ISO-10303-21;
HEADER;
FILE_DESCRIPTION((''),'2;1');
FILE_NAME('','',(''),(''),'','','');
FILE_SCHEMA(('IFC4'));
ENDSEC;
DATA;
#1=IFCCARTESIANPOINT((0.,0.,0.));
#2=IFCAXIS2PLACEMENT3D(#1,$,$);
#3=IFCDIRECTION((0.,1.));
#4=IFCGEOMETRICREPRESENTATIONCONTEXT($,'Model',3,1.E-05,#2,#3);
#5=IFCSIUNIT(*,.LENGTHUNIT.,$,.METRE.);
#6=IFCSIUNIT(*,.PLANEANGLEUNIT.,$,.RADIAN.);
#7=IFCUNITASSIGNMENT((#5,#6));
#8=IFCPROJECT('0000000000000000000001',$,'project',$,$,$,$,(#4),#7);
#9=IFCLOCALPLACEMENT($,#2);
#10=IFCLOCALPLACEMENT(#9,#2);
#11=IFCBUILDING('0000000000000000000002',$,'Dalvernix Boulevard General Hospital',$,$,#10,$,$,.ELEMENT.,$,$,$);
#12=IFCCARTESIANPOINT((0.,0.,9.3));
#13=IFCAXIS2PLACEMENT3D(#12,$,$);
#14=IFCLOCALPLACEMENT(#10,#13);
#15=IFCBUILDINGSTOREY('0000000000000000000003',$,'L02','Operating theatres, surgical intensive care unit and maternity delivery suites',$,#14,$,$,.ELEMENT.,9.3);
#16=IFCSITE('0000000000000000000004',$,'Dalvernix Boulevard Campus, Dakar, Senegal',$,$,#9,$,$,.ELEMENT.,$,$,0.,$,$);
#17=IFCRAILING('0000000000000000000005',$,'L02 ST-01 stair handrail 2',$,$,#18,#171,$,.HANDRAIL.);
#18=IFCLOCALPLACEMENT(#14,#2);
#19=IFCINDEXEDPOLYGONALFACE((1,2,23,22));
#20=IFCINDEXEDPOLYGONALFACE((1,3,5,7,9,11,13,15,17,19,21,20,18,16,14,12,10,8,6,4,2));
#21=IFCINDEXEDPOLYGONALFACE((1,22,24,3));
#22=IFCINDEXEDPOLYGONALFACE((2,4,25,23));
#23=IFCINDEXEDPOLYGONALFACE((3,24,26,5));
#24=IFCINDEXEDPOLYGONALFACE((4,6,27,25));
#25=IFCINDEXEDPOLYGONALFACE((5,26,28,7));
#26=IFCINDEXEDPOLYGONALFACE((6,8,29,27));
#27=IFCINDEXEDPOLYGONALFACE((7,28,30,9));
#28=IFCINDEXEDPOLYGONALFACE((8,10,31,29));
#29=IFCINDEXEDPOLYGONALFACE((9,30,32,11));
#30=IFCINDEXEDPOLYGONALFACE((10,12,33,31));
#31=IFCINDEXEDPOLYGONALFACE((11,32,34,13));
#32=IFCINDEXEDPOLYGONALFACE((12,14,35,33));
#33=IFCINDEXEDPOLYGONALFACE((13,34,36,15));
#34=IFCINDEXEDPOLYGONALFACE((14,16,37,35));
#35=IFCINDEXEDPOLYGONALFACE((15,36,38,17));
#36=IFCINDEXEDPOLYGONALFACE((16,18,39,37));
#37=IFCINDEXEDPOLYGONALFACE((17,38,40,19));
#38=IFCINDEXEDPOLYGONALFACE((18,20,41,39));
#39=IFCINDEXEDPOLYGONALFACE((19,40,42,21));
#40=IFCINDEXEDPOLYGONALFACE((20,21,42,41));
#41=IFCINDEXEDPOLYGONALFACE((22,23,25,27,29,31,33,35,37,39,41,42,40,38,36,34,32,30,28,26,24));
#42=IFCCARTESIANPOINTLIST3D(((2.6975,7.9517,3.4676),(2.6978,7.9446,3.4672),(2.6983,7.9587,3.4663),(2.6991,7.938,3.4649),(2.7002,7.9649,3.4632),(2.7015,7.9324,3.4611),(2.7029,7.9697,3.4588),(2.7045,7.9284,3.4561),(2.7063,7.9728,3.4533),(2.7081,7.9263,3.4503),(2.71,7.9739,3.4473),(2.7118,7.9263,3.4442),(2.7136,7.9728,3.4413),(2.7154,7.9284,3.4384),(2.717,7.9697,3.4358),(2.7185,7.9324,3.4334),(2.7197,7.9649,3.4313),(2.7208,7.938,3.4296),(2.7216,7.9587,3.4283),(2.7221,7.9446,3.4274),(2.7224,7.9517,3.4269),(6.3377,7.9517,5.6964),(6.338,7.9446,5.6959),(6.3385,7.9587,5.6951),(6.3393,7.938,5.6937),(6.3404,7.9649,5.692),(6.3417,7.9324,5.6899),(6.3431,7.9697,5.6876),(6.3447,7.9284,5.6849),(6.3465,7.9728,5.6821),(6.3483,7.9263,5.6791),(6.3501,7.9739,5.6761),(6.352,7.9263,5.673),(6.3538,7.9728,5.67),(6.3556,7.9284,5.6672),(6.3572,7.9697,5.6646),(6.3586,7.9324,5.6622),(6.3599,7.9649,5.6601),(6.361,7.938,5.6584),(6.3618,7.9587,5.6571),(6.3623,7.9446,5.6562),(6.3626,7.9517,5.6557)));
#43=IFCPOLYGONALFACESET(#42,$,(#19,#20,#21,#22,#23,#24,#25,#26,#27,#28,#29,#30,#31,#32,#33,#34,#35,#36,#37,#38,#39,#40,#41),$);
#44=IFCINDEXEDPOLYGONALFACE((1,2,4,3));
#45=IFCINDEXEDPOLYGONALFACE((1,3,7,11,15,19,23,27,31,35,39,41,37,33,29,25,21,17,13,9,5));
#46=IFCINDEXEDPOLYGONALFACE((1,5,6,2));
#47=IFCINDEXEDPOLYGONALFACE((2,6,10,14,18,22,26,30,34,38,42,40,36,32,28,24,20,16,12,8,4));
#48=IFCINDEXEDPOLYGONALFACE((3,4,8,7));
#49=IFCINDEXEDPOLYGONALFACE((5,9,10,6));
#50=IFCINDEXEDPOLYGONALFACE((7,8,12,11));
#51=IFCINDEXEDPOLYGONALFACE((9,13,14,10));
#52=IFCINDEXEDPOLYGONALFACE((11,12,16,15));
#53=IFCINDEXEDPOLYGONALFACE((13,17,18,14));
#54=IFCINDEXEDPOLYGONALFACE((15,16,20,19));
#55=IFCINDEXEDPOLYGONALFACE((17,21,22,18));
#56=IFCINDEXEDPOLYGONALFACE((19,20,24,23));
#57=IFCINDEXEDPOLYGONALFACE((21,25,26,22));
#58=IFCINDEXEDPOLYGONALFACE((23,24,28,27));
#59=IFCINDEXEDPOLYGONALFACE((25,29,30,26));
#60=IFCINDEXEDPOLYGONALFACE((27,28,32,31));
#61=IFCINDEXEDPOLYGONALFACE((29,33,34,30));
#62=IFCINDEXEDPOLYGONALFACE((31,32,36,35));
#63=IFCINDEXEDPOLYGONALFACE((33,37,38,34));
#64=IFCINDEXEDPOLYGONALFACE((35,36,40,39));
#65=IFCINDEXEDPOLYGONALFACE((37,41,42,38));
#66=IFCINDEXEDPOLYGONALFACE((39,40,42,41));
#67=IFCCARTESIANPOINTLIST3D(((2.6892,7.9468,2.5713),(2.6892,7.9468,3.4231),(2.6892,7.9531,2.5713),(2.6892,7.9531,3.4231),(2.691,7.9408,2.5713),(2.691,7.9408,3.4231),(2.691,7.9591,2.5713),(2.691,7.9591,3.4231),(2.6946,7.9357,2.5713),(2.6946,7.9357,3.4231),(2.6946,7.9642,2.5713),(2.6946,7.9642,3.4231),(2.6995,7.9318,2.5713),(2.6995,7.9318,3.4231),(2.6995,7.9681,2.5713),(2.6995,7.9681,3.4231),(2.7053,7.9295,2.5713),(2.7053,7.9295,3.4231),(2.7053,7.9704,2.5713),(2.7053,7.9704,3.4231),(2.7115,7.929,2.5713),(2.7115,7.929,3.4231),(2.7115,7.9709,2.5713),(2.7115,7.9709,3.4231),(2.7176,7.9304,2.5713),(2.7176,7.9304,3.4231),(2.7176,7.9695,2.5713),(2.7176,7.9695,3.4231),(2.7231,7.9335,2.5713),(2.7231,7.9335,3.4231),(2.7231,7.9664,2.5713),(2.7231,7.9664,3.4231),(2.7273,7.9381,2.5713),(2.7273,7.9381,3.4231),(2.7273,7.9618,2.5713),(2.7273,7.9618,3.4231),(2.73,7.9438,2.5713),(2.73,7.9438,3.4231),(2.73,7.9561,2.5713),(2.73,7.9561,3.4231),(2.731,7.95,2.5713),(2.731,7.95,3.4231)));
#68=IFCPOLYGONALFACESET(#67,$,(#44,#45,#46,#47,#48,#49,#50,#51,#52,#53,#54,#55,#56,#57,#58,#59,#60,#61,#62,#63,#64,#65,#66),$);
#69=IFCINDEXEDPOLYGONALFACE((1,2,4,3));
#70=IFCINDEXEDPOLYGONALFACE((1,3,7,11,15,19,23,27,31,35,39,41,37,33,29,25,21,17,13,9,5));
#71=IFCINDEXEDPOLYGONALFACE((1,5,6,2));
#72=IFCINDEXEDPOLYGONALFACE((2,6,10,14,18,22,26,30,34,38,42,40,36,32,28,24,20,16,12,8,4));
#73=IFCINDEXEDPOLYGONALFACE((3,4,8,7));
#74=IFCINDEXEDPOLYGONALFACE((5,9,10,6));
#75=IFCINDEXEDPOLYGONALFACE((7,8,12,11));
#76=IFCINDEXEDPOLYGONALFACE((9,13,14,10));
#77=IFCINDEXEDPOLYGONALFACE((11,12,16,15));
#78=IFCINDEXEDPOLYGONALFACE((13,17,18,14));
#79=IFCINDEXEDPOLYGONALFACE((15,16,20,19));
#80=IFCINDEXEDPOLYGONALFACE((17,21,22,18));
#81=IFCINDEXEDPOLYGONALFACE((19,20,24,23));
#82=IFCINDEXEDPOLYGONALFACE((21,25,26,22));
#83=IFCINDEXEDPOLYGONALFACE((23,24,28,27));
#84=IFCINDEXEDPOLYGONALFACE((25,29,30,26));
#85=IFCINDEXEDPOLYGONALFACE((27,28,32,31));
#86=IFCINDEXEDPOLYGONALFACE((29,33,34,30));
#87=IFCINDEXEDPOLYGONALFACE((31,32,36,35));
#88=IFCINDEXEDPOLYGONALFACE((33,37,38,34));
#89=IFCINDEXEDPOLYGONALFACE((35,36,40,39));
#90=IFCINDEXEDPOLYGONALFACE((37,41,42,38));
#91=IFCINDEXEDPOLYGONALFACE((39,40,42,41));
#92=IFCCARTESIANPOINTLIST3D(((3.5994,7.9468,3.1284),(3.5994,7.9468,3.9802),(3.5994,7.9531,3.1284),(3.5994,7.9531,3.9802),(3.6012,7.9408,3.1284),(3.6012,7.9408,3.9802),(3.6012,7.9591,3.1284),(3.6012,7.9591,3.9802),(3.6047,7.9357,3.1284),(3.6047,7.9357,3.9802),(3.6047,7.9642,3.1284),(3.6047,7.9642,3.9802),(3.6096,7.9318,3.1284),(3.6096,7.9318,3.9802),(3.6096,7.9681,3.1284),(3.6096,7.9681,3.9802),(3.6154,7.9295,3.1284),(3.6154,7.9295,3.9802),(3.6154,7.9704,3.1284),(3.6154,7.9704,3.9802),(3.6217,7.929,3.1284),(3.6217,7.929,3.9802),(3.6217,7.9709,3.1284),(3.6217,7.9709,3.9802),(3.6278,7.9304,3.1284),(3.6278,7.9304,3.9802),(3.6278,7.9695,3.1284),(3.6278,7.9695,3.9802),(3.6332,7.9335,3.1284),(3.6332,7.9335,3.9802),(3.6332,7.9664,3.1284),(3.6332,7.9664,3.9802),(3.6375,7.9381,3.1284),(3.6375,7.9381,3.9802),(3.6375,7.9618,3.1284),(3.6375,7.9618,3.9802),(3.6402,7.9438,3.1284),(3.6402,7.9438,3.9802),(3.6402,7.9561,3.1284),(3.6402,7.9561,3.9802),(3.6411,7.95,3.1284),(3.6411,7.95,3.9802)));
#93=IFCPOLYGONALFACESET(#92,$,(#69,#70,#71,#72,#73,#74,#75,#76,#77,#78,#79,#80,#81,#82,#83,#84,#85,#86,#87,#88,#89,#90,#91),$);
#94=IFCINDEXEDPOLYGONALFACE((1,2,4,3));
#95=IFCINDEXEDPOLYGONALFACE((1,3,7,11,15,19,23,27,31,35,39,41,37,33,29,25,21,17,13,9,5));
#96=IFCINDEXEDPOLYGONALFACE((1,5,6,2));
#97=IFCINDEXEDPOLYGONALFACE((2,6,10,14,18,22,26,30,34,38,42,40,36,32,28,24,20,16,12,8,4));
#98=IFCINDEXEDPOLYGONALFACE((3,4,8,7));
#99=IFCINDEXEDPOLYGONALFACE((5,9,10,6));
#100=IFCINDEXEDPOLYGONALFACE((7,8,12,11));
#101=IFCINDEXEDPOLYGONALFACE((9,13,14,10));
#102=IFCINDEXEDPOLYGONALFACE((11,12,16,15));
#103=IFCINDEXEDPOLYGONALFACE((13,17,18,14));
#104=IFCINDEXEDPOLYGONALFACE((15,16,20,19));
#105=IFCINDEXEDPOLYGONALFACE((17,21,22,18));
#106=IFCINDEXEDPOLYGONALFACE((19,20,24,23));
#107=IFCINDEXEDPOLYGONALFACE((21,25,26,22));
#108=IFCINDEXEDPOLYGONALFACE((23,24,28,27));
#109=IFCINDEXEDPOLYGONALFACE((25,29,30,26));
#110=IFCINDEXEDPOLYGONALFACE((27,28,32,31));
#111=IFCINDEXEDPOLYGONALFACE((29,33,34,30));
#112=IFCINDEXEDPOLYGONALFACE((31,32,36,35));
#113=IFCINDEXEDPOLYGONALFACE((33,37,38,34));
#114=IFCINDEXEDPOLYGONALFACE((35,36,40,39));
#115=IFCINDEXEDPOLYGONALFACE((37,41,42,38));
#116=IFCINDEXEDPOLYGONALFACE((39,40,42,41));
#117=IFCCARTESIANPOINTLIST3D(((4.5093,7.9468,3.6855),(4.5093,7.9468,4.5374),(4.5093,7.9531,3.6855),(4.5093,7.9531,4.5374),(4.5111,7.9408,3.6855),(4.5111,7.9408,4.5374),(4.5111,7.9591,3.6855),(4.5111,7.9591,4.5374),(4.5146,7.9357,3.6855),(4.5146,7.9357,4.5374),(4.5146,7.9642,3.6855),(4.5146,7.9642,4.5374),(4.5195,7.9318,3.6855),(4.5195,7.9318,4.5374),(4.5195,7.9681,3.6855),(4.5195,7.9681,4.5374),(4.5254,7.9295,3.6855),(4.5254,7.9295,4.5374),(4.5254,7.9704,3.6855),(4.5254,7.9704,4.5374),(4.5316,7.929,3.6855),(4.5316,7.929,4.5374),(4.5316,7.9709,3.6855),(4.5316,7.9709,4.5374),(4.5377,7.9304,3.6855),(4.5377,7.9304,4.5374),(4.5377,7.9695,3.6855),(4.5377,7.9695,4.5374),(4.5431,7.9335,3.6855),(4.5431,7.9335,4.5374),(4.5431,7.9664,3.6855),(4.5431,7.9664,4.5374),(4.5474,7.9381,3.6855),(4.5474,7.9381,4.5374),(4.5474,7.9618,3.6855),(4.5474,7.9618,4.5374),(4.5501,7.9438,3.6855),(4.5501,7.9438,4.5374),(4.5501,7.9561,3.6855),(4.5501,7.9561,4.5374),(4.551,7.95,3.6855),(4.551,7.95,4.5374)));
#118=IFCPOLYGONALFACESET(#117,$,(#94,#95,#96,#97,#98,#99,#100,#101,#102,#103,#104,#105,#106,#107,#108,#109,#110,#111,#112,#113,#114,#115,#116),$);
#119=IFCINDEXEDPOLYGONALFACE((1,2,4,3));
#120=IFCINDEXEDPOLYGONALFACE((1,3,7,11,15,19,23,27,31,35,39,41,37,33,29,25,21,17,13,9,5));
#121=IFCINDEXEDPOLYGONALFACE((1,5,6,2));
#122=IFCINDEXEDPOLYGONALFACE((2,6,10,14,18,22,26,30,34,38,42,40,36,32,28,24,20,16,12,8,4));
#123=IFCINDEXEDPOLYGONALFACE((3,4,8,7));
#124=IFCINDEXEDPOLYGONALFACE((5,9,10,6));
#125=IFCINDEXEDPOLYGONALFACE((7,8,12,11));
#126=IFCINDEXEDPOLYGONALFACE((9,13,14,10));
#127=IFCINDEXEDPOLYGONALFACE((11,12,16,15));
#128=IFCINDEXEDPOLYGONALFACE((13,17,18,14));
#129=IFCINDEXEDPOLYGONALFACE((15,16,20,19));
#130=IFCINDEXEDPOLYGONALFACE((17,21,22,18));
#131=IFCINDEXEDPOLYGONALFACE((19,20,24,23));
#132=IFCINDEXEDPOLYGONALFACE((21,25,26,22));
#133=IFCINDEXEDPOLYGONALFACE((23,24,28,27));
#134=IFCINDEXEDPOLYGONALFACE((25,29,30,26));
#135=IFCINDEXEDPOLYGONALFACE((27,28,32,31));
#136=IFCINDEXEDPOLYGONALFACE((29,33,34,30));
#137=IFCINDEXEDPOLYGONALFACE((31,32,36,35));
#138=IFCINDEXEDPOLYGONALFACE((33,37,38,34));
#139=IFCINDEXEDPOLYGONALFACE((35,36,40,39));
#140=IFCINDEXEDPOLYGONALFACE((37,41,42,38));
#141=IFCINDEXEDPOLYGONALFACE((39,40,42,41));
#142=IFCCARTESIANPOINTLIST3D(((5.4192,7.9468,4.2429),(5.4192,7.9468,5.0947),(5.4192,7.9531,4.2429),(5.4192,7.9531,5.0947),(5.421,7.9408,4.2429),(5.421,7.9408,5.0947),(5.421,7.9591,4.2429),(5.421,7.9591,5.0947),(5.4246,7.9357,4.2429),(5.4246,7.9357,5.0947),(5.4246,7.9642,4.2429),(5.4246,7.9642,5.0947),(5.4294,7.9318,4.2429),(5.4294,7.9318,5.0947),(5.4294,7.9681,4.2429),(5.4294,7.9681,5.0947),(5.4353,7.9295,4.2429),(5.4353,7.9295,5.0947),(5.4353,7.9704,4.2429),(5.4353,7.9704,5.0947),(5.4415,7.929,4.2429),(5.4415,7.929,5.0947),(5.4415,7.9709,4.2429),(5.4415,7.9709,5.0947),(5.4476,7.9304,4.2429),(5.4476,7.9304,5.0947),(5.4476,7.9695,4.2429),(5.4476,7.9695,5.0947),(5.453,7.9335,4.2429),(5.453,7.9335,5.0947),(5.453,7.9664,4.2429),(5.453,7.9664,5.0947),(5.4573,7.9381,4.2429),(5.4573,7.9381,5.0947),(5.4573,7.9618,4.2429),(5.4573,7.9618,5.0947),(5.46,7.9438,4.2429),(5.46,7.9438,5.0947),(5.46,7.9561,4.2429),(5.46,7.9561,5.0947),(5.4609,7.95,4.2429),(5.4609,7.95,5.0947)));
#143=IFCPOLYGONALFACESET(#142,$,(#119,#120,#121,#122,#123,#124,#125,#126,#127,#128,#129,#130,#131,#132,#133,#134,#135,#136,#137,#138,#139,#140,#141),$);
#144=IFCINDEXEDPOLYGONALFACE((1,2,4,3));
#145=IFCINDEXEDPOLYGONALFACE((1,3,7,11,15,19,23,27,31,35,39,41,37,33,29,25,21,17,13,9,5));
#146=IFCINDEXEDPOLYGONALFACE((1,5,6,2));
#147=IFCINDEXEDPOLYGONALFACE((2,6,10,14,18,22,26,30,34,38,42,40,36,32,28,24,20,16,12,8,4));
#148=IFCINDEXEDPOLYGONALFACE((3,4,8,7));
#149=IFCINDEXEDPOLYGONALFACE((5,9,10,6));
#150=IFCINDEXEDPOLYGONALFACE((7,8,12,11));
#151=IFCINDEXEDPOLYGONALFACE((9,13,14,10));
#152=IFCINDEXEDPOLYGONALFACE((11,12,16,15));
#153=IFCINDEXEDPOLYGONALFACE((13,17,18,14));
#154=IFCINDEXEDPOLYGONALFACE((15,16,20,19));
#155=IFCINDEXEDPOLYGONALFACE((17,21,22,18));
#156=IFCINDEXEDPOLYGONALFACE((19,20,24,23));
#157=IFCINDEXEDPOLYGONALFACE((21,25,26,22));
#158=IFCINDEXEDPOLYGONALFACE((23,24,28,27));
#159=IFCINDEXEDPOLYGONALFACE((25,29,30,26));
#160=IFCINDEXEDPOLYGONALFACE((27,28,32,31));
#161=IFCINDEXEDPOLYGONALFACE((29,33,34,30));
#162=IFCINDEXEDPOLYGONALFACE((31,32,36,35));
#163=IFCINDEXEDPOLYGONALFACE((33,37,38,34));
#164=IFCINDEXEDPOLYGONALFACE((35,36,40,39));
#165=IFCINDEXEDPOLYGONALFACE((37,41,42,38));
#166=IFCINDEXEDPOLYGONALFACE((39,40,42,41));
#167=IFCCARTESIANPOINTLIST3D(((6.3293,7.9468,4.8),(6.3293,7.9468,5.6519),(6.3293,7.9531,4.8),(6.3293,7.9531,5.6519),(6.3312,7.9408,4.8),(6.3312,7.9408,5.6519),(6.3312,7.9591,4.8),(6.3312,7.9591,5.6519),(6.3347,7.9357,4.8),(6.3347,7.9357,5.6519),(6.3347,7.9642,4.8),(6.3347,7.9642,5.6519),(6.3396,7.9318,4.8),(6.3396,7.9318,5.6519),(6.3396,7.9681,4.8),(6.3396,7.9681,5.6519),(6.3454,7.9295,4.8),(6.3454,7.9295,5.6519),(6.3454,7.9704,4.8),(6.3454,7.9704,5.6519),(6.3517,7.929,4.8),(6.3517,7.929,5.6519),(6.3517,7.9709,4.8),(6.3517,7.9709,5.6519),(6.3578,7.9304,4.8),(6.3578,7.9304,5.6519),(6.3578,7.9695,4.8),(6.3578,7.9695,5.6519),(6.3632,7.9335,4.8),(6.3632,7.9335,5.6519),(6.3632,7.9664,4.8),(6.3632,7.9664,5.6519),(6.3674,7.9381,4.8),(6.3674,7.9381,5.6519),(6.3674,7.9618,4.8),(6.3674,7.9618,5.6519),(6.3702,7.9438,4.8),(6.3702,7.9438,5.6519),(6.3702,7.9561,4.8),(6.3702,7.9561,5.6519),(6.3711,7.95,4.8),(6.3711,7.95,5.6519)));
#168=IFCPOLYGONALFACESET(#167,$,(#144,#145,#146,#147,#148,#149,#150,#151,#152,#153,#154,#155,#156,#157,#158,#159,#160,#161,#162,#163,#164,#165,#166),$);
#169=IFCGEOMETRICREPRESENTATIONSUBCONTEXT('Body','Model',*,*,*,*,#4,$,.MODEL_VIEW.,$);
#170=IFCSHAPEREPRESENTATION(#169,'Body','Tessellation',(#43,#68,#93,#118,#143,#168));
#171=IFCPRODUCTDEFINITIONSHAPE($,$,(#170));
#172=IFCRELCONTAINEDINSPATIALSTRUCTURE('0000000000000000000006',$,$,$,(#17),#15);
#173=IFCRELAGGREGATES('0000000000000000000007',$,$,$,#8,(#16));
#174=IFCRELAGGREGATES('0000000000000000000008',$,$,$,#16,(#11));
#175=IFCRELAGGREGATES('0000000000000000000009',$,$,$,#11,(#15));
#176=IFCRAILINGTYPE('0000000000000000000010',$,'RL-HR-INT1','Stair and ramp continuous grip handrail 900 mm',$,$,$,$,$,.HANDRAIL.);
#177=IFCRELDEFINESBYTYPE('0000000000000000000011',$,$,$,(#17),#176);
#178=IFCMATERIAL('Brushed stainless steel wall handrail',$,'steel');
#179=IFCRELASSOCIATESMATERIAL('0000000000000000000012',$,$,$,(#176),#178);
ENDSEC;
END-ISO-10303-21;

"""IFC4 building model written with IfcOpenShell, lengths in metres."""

from ifc_helpers import new_model, si_unit, direction, frame, origin, origin_2d, place, context, subcontext, project, spatial, circle, extrude, material, type_object, element, save


model = new_model("IFC4")

# Units and contexts
model_context = context("Model", 3, precision=1e-05, world=origin(), true_north=direction((0.0, 1.0)))
body_context = subcontext(model_context, "Body", "Model", "MODEL_VIEW")
ifc_project = project(units=[si_unit("LENGTHUNIT", "METRE"), si_unit("PLANEANGLEUNIT", "RADIAN")], contexts=[model_context])

# Site, building, storey
site_placement = place(None, origin())
site = spatial("IfcSite", under=ifc_project, at=site_placement, Name="Dalvernix Boulevard Campus, Dakar, Senegal", CompositionType="ELEMENT", RefElevation=0.0)
building_placement = place(site_placement, origin())
building = spatial("IfcBuilding", under=site, at=building_placement, Name="Dalvernix Boulevard General Hospital", CompositionType="ELEMENT")
storey_placement = place(building_placement, frame((0.0, 0.0, 9.3)))
storey = spatial("IfcBuildingStorey", under=building, at=storey_placement, Name="L02", Description="Operating theatres, surgical intensive care unit and maternity delivery suites", CompositionType="ELEMENT", Elevation=9.3)

# Railing
ifc_material_1 = material(Name="Brushed stainless steel wall handrail", Category="steel")
railing_type_1 = type_object("IfcRailingType", Name="RL-HR-INT1", Description="Stair and ramp continuous grip handrail 900 mm", PredefinedType="HANDRAIL", material=ifc_material_1)
railing_1_placement = place(storey_placement, frame((2.71, 7.95, 2.5713)))
element("IfcRailing", 1, at=railing_1_placement, inside=storey, type_object=railing_type_1, Name="L02 ST-01 stair handrail 2", PredefinedType="HANDRAIL", context=body_context, shape_type="SweptSolid", body=[
    extrude(circle(Radius=0.0239, at=origin_2d()), frame((0.0, 0.0, 0.876), z_axis=(0.85284, 0.0, 0.522172), x_axis=(0.0, 1.0, 0.0)), (0.0, 0.0, 1.0), 4.2683),
    extrude(circle(Radius=0.021, at=origin_2d()), origin(), (0.0, 0.0, 1.0), 0.8518),
    extrude(circle(Radius=0.021, at=origin_2d()), frame((0.9102, 0.0, 0.5571)), (0.0, 0.0, 1.0), 0.8518),
    extrude(circle(Radius=0.021, at=origin_2d()), frame((1.8201, 0.0, 1.1143)), (0.0, 0.0, 1.0), 0.8518),
    extrude(circle(Radius=0.021, at=origin_2d()), frame((2.73, 0.0, 1.6716)), (0.0, 0.0, 1.0), 0.8518),
    extrude(circle(Radius=0.021, at=origin_2d()), frame((3.6401, 0.0, 2.2288)), (0.0, 0.0, 1.0), 0.8518),
])

save(model, "model.ifc")
